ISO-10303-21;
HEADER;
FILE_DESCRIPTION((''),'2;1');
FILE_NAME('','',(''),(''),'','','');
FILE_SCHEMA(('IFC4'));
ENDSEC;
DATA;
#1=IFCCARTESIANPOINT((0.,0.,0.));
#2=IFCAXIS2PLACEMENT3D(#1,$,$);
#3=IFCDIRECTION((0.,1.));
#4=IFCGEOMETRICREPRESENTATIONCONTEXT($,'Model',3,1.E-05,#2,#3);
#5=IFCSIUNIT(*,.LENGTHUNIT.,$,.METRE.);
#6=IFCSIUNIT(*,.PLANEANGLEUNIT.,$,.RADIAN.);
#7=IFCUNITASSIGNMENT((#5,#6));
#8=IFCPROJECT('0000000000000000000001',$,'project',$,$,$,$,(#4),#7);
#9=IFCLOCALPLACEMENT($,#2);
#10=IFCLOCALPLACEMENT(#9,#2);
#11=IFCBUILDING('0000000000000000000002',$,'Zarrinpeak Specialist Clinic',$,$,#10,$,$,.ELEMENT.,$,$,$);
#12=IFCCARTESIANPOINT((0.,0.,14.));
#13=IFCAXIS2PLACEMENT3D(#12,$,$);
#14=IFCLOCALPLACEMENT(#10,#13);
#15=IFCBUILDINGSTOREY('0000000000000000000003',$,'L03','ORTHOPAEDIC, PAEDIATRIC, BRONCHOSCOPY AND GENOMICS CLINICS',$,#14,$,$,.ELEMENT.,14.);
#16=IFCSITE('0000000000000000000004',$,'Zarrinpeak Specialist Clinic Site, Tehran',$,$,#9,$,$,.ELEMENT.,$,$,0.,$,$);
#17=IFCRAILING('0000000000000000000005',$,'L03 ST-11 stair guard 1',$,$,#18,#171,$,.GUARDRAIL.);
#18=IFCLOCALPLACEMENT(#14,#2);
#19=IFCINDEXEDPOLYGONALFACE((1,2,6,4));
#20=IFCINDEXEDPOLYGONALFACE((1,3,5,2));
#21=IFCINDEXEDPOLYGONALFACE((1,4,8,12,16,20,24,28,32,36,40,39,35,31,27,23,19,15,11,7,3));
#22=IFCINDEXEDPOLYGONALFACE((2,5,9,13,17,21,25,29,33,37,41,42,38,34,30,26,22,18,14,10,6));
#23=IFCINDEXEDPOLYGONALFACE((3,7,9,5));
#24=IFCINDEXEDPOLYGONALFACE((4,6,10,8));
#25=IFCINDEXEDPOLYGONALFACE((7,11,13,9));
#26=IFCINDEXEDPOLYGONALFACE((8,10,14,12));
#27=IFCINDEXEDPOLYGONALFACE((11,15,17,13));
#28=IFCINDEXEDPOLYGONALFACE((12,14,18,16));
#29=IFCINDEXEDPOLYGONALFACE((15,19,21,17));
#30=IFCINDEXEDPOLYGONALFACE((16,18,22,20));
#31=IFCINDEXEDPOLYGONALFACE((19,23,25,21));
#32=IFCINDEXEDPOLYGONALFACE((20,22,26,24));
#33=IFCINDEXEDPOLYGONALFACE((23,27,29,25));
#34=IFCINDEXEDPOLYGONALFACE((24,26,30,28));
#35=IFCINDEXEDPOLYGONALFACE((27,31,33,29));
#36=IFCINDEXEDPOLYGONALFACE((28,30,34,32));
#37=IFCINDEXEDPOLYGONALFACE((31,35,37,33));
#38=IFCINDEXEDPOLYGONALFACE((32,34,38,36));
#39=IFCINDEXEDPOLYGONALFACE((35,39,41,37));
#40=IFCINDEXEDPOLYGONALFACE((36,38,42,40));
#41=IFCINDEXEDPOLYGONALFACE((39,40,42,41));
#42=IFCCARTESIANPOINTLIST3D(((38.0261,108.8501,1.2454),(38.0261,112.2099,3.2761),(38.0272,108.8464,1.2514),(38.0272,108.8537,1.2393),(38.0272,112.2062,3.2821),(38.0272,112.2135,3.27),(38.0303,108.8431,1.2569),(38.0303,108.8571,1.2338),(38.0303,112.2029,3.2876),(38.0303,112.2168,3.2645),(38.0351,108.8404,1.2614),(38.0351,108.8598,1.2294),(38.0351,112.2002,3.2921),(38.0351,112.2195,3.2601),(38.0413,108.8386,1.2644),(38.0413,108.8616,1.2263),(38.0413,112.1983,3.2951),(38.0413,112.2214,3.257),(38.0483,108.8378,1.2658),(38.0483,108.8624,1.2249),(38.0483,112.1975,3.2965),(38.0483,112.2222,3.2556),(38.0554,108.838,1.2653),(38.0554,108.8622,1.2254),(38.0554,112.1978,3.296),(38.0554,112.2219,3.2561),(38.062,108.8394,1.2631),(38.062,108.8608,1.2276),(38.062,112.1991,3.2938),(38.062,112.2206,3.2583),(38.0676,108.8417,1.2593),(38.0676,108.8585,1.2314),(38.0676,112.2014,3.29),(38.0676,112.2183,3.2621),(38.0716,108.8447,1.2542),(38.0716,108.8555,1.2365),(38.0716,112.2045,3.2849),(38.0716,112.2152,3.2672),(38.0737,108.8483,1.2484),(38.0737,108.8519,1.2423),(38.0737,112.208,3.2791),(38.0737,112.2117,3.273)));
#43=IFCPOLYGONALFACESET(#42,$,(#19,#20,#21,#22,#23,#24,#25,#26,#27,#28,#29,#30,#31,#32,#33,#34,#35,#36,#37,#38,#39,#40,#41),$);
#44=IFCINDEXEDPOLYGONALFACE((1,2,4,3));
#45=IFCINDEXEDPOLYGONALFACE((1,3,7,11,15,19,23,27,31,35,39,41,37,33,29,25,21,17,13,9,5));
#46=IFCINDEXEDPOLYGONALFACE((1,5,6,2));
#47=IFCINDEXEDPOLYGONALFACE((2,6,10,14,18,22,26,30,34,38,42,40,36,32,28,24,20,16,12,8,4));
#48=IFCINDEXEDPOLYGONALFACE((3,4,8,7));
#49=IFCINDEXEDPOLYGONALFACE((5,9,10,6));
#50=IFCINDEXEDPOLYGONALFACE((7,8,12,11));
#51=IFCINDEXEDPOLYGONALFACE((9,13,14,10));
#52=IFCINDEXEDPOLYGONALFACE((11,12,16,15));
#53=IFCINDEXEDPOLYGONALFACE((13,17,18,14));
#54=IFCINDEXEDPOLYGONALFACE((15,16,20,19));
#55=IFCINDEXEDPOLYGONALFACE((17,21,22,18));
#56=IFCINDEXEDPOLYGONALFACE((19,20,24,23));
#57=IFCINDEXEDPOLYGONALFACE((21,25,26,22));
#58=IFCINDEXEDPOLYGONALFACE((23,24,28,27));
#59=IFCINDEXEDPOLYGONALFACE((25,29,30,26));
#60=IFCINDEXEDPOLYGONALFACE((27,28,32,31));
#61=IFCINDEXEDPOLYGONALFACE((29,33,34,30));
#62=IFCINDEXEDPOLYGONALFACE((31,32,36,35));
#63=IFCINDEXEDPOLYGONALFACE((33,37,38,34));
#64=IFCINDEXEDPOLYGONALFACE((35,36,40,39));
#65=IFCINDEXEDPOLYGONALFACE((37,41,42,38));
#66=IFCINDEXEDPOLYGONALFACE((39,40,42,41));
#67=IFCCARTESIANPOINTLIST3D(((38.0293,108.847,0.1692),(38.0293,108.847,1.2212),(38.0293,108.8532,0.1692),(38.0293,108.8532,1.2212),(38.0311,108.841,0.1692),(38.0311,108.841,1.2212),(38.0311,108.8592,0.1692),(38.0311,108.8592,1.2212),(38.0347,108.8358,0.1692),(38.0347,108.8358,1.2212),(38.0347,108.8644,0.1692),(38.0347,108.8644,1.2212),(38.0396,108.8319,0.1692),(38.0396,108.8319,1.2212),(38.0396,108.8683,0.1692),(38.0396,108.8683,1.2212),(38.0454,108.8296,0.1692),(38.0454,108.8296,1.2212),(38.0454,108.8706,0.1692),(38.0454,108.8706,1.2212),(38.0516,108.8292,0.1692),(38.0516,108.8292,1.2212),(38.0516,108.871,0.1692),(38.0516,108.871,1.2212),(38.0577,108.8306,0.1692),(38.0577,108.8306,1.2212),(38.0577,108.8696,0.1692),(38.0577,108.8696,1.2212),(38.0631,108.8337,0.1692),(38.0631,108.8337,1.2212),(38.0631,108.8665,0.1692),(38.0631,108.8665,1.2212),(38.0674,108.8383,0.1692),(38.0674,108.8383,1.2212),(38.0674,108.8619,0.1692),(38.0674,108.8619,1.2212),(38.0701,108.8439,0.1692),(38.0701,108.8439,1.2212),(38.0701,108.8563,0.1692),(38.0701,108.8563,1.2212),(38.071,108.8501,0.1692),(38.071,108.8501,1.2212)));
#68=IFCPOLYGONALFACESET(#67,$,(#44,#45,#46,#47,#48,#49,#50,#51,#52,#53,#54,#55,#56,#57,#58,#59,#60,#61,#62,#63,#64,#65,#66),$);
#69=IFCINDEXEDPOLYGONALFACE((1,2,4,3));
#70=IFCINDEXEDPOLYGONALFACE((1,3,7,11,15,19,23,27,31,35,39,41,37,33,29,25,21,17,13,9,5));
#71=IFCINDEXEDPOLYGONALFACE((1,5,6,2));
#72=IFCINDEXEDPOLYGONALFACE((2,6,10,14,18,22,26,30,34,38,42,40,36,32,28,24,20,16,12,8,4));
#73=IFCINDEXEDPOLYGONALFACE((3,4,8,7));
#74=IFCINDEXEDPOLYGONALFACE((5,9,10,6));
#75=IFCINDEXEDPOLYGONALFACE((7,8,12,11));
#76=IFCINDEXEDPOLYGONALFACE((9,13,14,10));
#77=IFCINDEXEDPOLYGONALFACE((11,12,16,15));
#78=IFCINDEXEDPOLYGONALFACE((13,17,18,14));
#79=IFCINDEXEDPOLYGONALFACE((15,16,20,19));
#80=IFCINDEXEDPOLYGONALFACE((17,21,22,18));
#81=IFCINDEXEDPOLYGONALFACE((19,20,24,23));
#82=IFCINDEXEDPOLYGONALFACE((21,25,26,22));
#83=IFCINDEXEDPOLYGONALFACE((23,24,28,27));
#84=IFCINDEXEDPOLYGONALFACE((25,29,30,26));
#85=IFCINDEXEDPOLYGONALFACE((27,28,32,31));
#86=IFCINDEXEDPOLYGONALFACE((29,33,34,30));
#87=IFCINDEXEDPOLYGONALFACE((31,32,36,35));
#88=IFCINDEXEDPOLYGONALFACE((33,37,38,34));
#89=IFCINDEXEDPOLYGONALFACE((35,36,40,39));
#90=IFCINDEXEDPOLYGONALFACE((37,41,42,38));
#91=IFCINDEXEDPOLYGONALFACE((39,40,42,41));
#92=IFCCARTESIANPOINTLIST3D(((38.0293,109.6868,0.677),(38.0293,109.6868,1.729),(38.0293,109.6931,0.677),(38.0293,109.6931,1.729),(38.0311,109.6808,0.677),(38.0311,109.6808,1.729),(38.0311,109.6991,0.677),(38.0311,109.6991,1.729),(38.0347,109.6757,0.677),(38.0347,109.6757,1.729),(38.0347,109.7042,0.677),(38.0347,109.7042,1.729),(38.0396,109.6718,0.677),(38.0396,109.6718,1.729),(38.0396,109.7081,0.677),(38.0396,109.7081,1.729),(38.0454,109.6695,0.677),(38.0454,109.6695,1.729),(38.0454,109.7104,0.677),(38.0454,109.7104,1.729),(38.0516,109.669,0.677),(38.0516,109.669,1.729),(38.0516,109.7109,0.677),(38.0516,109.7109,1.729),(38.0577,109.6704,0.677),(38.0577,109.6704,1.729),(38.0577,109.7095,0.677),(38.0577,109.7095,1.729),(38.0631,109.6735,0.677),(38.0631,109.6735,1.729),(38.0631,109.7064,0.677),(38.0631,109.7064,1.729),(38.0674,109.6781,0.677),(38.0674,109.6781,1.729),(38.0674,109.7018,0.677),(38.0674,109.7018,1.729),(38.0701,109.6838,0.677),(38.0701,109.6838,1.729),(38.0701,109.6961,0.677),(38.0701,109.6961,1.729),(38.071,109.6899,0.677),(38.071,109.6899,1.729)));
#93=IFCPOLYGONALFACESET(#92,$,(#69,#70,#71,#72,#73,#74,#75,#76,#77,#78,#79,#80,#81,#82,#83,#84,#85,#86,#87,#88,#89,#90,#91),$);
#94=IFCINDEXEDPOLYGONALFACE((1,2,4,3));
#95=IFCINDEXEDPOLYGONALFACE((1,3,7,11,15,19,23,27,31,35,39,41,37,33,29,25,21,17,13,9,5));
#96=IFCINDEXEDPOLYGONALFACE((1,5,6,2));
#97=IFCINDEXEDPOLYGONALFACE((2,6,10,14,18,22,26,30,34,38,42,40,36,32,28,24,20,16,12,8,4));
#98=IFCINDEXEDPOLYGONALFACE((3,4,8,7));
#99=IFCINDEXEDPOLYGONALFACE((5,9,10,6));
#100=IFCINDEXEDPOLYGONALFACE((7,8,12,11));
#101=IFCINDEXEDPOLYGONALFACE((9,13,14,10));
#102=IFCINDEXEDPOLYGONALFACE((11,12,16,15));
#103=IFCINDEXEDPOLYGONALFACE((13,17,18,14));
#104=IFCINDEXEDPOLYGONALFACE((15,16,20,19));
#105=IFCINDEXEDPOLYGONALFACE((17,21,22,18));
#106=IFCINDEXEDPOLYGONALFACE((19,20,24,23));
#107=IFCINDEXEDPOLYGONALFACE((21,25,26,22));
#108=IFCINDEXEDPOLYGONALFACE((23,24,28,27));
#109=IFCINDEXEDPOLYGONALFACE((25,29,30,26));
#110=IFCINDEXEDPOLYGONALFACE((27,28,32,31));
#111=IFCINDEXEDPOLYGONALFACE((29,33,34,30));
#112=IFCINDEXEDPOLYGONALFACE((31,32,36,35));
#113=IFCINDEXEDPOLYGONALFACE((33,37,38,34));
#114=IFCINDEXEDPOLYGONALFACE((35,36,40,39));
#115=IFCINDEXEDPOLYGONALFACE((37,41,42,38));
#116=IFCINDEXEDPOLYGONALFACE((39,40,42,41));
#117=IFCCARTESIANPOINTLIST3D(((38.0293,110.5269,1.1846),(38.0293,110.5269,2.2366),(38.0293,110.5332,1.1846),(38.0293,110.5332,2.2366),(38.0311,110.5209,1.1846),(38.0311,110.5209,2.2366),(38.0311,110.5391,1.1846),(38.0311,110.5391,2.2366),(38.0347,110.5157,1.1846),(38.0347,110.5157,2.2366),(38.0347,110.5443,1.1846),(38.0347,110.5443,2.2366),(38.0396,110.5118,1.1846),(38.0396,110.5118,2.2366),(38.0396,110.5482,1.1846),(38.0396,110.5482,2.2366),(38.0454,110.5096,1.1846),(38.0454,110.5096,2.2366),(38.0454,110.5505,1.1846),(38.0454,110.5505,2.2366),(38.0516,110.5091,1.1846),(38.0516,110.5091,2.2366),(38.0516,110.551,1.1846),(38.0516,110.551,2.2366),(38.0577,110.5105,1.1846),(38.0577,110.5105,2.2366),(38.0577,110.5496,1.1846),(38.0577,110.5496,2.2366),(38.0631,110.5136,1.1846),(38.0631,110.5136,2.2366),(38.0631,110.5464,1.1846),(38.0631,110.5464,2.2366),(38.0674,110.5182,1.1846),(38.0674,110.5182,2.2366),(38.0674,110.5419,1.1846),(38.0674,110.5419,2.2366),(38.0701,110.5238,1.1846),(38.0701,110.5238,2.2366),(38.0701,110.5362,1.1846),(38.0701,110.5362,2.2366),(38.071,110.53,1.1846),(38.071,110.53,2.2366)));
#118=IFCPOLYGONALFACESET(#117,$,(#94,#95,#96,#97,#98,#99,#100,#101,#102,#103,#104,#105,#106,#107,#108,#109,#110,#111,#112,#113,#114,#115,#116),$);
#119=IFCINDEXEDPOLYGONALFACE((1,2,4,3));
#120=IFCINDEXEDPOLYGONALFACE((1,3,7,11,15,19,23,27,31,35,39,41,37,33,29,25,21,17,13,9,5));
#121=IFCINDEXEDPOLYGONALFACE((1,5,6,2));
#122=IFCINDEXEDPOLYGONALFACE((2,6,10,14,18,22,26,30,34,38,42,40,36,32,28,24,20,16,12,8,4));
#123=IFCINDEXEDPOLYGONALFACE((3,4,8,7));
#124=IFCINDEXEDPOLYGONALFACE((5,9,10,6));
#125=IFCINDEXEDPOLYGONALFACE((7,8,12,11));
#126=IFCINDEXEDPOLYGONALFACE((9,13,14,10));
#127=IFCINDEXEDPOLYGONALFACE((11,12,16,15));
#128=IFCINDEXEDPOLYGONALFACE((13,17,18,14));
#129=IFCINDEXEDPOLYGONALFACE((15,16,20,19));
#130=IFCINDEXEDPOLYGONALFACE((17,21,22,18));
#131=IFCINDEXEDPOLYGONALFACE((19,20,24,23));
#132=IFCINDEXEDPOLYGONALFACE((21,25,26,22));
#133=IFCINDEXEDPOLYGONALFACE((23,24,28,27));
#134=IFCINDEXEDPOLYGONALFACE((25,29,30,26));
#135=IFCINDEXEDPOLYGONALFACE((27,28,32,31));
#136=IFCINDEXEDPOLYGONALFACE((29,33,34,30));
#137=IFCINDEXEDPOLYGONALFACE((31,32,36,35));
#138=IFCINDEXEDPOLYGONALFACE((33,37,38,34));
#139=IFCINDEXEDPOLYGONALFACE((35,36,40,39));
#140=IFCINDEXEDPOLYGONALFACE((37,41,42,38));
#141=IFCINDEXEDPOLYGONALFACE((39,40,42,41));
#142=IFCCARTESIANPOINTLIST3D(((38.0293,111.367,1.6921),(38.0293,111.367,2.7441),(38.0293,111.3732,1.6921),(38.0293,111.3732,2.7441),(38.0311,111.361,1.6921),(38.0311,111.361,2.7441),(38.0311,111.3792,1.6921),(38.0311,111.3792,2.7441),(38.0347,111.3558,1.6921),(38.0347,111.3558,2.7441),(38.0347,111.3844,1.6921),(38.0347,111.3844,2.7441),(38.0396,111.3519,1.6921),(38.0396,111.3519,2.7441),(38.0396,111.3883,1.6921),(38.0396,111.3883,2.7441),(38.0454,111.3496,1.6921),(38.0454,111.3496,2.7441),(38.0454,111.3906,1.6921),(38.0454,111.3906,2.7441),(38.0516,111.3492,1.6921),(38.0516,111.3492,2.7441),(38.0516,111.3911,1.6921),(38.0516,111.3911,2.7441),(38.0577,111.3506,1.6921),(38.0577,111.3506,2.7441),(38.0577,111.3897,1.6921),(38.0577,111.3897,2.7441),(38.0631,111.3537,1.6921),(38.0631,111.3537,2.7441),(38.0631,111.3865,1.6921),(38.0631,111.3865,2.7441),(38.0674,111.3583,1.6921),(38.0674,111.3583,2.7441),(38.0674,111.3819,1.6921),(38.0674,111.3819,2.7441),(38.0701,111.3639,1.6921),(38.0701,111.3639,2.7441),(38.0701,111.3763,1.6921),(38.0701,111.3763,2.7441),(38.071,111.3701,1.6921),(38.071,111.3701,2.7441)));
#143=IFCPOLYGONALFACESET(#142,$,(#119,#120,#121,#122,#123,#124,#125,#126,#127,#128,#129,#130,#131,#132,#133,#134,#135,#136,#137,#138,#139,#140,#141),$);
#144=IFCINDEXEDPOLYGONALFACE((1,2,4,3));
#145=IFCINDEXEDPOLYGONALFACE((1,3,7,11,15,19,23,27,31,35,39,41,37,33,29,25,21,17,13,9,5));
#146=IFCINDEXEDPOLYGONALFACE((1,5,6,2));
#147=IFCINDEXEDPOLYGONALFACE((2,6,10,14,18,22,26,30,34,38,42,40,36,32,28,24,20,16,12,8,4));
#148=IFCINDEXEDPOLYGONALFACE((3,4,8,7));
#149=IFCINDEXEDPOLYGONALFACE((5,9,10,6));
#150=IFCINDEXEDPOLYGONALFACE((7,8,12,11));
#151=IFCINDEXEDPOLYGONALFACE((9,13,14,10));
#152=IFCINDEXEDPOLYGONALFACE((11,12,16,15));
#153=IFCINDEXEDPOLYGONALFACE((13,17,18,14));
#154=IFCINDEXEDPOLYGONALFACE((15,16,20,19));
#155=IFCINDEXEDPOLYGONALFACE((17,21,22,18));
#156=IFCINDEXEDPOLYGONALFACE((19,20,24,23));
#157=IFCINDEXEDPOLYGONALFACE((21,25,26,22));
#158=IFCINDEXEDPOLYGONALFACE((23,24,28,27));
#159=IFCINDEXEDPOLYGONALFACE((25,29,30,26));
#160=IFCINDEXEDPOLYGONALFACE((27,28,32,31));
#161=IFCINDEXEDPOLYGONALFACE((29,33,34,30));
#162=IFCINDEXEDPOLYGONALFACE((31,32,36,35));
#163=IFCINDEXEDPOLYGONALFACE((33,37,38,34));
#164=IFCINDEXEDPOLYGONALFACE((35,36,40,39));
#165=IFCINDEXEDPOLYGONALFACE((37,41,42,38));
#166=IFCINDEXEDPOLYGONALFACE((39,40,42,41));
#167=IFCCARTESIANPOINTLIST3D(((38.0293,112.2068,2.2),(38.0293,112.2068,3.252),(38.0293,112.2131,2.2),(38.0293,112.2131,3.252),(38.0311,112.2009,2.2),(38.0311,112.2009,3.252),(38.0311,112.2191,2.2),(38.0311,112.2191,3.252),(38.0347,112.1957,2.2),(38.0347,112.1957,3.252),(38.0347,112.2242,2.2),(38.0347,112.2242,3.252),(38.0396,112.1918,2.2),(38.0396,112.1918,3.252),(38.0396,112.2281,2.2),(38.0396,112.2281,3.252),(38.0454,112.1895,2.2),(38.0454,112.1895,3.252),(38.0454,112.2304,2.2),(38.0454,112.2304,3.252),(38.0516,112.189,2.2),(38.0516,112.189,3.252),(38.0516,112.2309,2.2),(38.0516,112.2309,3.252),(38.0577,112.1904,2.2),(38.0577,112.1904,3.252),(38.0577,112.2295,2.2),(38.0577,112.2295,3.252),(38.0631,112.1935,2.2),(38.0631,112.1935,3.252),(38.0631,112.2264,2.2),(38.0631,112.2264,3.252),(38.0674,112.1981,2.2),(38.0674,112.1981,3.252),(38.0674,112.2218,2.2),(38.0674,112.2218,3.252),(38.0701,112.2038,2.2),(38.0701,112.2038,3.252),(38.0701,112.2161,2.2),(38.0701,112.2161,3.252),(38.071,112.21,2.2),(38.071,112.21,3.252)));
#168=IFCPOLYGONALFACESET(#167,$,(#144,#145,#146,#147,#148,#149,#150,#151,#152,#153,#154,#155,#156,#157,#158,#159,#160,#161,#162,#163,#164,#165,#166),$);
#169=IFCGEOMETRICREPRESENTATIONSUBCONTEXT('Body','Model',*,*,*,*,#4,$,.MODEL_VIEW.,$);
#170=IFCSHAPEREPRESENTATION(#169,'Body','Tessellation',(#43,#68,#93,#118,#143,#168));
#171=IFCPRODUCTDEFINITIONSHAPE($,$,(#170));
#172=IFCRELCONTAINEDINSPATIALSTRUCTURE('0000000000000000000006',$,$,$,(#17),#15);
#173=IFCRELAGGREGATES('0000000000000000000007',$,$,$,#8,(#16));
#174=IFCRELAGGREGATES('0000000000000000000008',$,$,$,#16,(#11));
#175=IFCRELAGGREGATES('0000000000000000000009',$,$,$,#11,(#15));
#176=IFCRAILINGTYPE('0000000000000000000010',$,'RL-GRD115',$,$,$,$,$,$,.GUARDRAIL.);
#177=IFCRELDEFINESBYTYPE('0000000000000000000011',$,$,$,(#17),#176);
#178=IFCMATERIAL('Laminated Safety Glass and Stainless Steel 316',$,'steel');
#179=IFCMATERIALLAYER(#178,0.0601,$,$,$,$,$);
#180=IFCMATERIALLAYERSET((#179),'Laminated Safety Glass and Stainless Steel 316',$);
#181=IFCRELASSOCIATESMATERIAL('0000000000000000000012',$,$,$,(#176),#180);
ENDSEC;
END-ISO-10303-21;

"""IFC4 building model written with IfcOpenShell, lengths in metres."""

from ifc_helpers import new_model, si_unit, direction, frame, origin, origin_2d, place, context, subcontext, project, spatial, circle, extrude, material, layer, layer_set, type_object, element, save


model = new_model("IFC4")

# Units and contexts
model_context = context("Model", 3, precision=1e-05, world=origin(), true_north=direction((0.0, 1.0)))
body_context = subcontext(model_context, "Body", "Model", "MODEL_VIEW")
ifc_project = project(units=[si_unit("LENGTHUNIT", "METRE"), si_unit("PLANEANGLEUNIT", "RADIAN")], contexts=[model_context])

# Site, building, storey
site_placement = place(None, origin())
site = spatial("IfcSite", under=ifc_project, at=site_placement, Name="Zarrinpeak Specialist Clinic Site, Tehran", CompositionType="ELEMENT", RefElevation=0.0)
building_placement = place(site_placement, origin())
building = spatial("IfcBuilding", under=site, at=building_placement, Name="Zarrinpeak Specialist Clinic", CompositionType="ELEMENT")
storey_placement = place(building_placement, frame((0.0, 0.0, 14.0)))
storey = spatial("IfcBuildingStorey", under=building, at=storey_placement, Name="L03", Description="ORTHOPAEDIC, PAEDIATRIC, BRONCHOSCOPY AND GENOMICS CLINICS", CompositionType="ELEMENT", Elevation=14.0)

# Railing
ifc_material_1 = material(Name="Laminated Safety Glass and Stainless Steel 316", Category="steel")
ifc_layer_1 = layer(ifc_material_1, 0.0601)
ifc_layer_set_1 = layer_set([ifc_layer_1], Name="Laminated Safety Glass and Stainless Steel 316")
railing_type_1 = type_object("IfcRailingType", Name="RL-GRD115", PredefinedType="GUARDRAIL", material=ifc_layer_set_1)
railing_1_placement = place(storey_placement, frame((38.05, 108.8501, 0.1692)))
element("IfcRailing", 1, at=railing_1_placement, inside=storey, type_object=railing_type_1, Name="L03 ST-11 stair guard 1", PredefinedType="GUARDRAIL", context=body_context, shape_type="SweptSolid", body=[
    extrude(circle(Radius=0.0239, at=origin_2d()), frame((0.0, 0.0, 1.0762), z_axis=(0.0, 0.85582, 0.517273), x_axis=(-1.0, 0.0, 0.0)), (0.0, 0.0, 1.0), 3.9258),
    extrude(circle(Radius=0.021, at=origin_2d()), origin(), (0.0, 0.0, 1.0), 1.052),
    extrude(circle(Radius=0.021, at=origin_2d()), frame((0.0, 0.8398, 0.5078)), (0.0, 0.0, 1.0), 1.052),
    extrude(circle(Radius=0.021, at=origin_2d()), frame((0.0, 1.6799, 1.0154)), (0.0, 0.0, 1.0), 1.052),
    extrude(circle(Radius=0.021, at=origin_2d()), frame((0.0, 2.52, 1.5229)), (0.0, 0.0, 1.0), 1.052),
    extrude(circle(Radius=0.021, at=origin_2d()), frame((0.0, 3.3599, 2.0308)), (0.0, 0.0, 1.0), 1.052),
])

save(model, "model.ifc")
